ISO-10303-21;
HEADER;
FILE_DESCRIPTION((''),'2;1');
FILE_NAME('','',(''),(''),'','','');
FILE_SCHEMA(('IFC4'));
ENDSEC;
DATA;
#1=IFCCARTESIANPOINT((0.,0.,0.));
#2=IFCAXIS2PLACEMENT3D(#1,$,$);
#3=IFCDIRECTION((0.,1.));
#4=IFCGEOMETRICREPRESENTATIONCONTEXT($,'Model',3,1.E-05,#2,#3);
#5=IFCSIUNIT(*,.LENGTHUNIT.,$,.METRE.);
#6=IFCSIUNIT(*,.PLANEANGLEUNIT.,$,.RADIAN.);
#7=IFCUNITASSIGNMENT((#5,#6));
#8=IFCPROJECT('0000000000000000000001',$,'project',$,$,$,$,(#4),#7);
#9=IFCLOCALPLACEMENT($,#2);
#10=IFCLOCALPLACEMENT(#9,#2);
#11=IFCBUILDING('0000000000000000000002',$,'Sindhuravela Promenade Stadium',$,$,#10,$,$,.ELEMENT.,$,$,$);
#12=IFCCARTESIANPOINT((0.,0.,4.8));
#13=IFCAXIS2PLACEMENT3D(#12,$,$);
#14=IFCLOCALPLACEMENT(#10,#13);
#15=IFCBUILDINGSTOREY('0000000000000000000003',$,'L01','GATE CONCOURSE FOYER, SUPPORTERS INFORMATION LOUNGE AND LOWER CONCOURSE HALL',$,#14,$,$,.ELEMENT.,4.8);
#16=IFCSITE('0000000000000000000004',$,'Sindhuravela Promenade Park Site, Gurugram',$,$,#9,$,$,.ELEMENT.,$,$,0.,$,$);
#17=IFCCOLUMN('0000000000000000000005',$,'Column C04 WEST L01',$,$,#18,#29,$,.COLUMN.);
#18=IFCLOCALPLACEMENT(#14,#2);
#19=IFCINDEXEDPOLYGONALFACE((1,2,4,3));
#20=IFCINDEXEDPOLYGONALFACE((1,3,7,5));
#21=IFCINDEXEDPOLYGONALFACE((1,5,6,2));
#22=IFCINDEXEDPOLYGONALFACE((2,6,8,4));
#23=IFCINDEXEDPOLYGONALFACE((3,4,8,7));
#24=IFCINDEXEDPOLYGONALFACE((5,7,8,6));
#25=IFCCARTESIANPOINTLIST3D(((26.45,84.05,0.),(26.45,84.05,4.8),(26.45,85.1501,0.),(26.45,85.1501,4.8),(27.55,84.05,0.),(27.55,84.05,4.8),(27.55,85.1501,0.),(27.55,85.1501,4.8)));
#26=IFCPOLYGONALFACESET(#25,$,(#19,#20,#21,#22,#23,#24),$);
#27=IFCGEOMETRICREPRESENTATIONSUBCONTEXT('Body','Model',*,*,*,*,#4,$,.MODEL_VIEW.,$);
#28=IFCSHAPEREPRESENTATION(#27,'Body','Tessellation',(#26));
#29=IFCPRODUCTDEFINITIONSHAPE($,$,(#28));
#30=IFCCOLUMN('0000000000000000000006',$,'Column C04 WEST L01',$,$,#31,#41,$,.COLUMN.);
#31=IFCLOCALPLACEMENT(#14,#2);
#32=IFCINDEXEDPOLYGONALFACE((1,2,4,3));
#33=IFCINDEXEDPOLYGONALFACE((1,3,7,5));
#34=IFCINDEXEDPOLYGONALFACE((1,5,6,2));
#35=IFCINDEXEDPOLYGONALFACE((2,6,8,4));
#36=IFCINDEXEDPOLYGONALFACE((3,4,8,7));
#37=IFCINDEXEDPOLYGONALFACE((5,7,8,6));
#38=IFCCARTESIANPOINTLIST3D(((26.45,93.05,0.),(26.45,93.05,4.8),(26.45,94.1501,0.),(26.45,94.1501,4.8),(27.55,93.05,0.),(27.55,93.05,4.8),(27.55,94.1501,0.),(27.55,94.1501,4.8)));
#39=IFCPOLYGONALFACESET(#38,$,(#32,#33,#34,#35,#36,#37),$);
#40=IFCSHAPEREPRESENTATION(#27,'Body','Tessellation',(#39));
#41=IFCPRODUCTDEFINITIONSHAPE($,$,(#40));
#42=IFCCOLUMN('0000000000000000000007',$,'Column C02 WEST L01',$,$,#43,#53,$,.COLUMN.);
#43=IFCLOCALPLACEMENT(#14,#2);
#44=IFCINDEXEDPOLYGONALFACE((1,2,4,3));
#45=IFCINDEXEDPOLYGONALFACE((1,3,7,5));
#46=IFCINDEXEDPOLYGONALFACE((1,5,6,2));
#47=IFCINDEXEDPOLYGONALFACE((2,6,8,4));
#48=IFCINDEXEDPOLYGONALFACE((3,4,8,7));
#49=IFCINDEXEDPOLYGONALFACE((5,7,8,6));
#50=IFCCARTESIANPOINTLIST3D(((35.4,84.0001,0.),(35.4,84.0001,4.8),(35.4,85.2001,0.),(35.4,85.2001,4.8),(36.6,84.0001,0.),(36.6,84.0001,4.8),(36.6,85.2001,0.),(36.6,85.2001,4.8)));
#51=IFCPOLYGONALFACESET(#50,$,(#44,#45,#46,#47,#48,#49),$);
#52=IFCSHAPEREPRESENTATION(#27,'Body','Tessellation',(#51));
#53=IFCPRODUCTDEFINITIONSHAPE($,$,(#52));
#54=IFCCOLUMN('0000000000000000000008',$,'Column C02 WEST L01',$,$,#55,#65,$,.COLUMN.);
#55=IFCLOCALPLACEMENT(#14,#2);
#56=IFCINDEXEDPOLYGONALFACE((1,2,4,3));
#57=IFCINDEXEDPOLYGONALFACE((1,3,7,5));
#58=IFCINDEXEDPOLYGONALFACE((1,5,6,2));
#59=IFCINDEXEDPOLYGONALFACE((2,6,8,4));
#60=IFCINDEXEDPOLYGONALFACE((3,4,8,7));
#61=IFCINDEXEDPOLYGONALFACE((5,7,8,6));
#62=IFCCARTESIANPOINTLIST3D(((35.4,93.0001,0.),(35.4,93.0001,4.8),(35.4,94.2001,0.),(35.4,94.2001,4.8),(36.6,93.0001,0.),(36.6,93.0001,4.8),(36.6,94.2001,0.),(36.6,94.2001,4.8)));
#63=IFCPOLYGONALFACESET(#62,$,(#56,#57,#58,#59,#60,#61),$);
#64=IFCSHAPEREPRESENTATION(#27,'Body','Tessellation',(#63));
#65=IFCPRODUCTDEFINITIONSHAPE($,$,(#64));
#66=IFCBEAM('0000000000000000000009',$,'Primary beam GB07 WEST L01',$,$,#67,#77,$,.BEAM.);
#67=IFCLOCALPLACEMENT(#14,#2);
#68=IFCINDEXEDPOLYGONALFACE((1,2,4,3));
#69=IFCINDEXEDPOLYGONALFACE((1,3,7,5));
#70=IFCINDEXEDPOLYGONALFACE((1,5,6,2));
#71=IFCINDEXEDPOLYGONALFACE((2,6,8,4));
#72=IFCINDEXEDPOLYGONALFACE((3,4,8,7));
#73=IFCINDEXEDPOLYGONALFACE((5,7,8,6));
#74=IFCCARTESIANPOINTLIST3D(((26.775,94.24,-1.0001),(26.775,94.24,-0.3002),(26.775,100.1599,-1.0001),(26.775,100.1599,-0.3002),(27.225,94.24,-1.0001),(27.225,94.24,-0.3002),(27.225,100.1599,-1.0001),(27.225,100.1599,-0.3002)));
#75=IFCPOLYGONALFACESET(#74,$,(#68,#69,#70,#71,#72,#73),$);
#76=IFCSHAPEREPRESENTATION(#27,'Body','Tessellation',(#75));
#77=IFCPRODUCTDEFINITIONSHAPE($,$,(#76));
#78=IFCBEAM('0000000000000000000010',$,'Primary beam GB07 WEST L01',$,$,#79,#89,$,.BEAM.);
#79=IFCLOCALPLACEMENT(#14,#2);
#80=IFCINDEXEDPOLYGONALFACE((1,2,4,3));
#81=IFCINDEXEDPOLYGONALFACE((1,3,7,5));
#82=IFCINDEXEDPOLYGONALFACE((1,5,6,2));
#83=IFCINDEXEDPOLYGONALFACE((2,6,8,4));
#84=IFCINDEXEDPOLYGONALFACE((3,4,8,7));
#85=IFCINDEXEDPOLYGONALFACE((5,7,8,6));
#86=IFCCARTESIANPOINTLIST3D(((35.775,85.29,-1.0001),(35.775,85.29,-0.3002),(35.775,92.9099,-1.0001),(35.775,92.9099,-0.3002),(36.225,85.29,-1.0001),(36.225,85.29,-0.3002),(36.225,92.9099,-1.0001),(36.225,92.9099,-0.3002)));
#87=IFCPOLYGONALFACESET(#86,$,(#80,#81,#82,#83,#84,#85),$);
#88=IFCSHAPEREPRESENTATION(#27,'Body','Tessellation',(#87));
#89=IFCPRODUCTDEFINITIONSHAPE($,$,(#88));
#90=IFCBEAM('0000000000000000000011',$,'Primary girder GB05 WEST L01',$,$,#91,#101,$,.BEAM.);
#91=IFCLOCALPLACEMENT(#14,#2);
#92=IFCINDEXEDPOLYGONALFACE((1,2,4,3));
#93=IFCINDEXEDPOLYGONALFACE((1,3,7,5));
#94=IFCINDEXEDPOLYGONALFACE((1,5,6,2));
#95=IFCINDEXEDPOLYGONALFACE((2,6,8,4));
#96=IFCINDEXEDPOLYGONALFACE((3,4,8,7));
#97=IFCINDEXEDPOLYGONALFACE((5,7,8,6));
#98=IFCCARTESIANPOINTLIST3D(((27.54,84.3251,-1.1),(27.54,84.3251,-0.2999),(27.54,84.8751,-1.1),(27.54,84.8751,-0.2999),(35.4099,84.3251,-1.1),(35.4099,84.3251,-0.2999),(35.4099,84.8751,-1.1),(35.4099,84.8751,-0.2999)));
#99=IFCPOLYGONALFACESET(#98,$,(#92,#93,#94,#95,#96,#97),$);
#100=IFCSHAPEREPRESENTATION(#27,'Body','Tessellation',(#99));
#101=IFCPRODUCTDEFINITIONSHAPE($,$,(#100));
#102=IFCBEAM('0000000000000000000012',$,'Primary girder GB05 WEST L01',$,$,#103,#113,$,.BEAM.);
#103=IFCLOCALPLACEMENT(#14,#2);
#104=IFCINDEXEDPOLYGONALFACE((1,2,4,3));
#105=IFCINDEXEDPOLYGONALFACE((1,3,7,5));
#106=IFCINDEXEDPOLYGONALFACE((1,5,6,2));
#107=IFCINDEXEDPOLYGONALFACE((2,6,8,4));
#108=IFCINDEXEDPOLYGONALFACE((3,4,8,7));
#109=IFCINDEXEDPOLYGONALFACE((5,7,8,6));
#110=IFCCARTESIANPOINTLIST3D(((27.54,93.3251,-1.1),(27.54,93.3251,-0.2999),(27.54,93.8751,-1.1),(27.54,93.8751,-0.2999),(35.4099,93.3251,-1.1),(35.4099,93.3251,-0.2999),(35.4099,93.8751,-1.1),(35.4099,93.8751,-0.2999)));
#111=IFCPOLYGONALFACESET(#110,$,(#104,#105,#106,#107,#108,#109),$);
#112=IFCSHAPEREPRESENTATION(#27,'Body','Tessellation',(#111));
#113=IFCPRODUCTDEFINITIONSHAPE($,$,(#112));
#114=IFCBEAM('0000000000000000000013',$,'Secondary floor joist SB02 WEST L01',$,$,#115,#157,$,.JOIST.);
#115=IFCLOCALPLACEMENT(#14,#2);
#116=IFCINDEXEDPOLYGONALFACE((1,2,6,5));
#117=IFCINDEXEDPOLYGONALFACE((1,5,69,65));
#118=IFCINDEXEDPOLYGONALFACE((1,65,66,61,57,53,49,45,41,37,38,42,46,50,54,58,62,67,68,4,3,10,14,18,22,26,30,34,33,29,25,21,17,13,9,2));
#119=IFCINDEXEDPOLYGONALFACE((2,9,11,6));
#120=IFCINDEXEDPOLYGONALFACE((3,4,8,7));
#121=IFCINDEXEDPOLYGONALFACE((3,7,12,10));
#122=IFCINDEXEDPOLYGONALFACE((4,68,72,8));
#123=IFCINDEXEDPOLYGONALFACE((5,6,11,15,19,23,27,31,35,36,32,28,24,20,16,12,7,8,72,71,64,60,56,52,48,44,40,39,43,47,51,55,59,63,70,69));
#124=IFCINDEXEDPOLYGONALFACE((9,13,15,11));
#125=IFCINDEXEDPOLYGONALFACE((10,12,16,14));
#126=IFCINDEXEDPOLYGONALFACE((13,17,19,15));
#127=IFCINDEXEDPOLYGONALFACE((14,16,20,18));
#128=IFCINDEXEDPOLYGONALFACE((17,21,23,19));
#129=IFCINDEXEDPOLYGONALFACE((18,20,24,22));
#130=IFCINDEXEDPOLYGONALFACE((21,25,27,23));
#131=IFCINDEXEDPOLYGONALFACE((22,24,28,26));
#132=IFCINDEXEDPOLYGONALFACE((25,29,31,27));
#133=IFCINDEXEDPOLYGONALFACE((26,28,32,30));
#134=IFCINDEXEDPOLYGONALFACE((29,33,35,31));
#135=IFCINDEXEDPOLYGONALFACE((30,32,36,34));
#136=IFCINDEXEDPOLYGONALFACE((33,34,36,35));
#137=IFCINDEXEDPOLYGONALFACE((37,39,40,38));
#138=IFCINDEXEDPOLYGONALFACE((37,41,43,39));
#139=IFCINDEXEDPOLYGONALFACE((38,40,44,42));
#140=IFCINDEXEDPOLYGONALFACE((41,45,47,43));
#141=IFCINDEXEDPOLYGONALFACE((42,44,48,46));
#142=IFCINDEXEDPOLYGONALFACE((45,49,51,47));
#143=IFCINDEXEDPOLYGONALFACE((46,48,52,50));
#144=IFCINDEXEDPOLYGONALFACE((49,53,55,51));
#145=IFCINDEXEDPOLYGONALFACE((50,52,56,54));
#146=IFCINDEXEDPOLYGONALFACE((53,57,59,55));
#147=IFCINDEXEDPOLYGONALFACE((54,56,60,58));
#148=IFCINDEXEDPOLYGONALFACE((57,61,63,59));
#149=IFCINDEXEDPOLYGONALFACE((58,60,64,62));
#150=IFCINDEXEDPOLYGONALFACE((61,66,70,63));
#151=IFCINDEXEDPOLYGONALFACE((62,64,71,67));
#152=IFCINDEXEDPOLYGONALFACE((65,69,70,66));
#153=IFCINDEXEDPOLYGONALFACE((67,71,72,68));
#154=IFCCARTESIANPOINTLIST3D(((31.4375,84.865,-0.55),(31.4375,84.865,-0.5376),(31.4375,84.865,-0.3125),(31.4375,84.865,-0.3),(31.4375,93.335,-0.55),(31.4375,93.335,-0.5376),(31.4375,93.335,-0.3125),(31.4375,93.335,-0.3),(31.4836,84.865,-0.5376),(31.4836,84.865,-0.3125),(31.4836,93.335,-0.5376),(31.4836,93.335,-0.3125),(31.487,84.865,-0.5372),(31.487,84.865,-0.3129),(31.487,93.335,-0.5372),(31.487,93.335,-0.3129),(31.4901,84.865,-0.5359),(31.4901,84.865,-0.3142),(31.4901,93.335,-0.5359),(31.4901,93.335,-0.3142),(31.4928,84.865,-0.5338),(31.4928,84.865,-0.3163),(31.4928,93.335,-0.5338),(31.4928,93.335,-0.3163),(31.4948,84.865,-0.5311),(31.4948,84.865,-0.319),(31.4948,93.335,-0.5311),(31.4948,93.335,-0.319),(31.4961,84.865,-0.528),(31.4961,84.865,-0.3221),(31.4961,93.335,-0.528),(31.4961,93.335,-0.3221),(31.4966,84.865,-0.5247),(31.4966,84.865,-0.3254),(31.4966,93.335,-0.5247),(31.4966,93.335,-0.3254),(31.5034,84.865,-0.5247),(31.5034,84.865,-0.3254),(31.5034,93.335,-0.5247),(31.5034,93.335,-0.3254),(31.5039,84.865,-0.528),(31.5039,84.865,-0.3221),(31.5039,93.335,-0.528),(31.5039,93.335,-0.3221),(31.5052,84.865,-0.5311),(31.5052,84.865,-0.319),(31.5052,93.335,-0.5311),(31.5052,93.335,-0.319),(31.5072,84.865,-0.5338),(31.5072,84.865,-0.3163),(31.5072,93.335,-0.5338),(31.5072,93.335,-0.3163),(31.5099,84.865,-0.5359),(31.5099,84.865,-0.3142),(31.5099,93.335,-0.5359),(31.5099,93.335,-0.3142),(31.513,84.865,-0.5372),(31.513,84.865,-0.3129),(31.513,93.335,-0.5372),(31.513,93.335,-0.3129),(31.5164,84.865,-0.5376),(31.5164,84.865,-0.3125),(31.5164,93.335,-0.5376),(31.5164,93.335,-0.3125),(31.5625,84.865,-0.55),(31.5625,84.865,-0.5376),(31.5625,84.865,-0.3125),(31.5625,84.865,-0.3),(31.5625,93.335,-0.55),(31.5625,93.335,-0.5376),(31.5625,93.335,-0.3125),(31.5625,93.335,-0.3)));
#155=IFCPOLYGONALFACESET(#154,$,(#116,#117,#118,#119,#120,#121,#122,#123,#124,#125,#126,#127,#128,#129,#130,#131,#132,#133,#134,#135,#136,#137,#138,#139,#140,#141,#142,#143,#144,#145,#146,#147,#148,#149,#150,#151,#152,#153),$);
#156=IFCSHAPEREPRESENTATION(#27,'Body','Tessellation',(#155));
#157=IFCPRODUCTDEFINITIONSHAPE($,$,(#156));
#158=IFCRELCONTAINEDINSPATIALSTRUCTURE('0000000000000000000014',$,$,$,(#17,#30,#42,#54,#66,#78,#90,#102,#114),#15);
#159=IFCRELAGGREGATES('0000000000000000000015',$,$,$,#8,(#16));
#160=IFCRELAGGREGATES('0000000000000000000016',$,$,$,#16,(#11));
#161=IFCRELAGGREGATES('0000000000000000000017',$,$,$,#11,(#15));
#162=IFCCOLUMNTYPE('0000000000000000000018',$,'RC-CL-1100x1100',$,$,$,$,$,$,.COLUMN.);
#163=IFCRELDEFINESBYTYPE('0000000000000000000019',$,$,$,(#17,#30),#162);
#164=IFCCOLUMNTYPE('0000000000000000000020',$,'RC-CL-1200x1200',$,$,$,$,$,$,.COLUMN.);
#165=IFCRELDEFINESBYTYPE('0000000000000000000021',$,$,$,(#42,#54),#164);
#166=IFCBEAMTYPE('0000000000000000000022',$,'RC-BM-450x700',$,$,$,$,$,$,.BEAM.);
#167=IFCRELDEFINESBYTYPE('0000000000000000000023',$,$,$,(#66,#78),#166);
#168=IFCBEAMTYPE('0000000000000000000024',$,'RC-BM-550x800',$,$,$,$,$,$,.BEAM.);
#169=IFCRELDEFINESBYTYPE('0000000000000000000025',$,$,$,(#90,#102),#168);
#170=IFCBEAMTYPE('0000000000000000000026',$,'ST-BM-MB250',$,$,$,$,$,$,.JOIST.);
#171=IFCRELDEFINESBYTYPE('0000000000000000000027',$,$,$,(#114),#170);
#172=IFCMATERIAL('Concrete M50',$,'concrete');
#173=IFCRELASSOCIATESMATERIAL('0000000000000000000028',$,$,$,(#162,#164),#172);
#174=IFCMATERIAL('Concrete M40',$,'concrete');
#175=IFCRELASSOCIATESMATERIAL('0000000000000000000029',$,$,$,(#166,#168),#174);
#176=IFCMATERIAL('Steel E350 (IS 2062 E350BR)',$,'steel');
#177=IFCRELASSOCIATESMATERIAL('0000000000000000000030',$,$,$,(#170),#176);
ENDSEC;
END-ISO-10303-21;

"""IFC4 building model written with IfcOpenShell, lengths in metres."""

from ifc_helpers import new_model, si_unit, direction, frame, origin, origin_2d, place, context, subcontext, project, spatial, rectangle, i_section, extrude, material, material_profile, profile_set, type_object, element, save


model = new_model("IFC4")

# Units and contexts
model_context = context("Model", 3, precision=1e-05, world=origin(), true_north=direction((0.0, 1.0)))
body_context = subcontext(model_context, "Body", "Model", "MODEL_VIEW")
ifc_project = project(units=[si_unit("LENGTHUNIT", "METRE"), si_unit("PLANEANGLEUNIT", "RADIAN")], contexts=[model_context])

# Site, building, storey
site_placement = place(None, origin())
site = spatial("IfcSite", under=ifc_project, at=site_placement, Name="Sindhuravela Promenade Park Site, Gurugram", CompositionType="ELEMENT", RefElevation=0.0)
building_placement = place(site_placement, origin())
building = spatial("IfcBuilding", under=site, at=building_placement, Name="Sindhuravela Promenade Stadium", CompositionType="ELEMENT")
storey_placement = place(building_placement, frame((0.0, 0.0, 4.8)))
storey = spatial("IfcBuildingStorey", under=building, at=storey_placement, Name="L01", Description="GATE CONCOURSE FOYER, SUPPORTERS INFORMATION LOUNGE AND LOWER CONCOURSE HALL", CompositionType="ELEMENT", Elevation=4.8)

# Columns
ifc_material_1 = material(Name="Concrete M50", Category="concrete")
ifc_material_profile_1 = material_profile(ifc_material_1, rectangle(XDim=1.1001, YDim=1.1001, at=origin_2d()), Name="RC 1100x1100")
ifc_profile_set_1 = profile_set([ifc_material_profile_1], Name="Concrete M50")
column_type_1 = type_object("IfcColumnType", Name="RC-CL-1100x1100", PredefinedType="COLUMN", material=ifc_profile_set_1)
for number, where, z_axis, x_axis, name in (
    (1, (27.0, 84.6001, 0.0), (0.0, 0.0, 1.0), (1.0, 0.0, 0.0), "Column C04 WEST L01"),
    (2, (27.0, 93.6001, 0.0), (0.0, 0.0, 1.0), (1.0, 0.0, 0.0), "Column C04 WEST L01"),
):
    element("IfcColumn", number, at=place(storey_placement, frame(where, z_axis=z_axis, x_axis=x_axis)), inside=storey, type_object=column_type_1, Name=name, PredefinedType="COLUMN", context=body_context, shape_type="SweptSolid", body=[
        extrude(rectangle(XDim=1.1001, YDim=1.1001, at=origin_2d()), origin(), (0.0, 0.0, 1.0), 4.8),
    ])
ifc_material_profile_2 = material_profile(ifc_material_1, rectangle(XDim=1.2, YDim=1.2, at=origin_2d()), Name="RC 1200x1200")
ifc_profile_set_2 = profile_set([ifc_material_profile_2], Name="Concrete M50")
column_type_2 = type_object("IfcColumnType", Name="RC-CL-1200x1200", PredefinedType="COLUMN", material=ifc_profile_set_2)
for number, where, z_axis, x_axis, name in (
    (3, (36.0, 84.6001, 0.0), (0.0, 0.0, 1.0), (1.0, 0.0, 0.0), "Column C02 WEST L01"),
    (4, (36.0, 93.6001, 0.0), (0.0, 0.0, 1.0), (1.0, 0.0, 0.0), "Column C02 WEST L01"),
):
    element("IfcColumn", number, at=place(storey_placement, frame(where, z_axis=z_axis, x_axis=x_axis)), inside=storey, type_object=column_type_2, Name=name, PredefinedType="COLUMN", context=body_context, shape_type="SweptSolid", body=[
        extrude(rectangle(XDim=1.2, YDim=1.2, at=origin_2d()), origin(), (0.0, 0.0, 1.0), 4.8),
    ])

# Beams
ifc_material_2 = material(Name="Concrete M40", Category="concrete")
ifc_material_profile_3 = material_profile(ifc_material_2, rectangle(XDim=0.45, YDim=0.7, at=origin_2d()), Name="RC 450x700")
ifc_profile_set_3 = profile_set([ifc_material_profile_3], Name="Concrete M40")
beam_type_1 = type_object("IfcBeamType", Name="RC-BM-450x700", PredefinedType="BEAM", material=ifc_profile_set_3)
beam_1_placement = place(storey_placement, frame((27.0, 94.24, -0.6501), z_axis=(0.0, 1.0, 0.0), x_axis=(-1.0, 0.0, 0.0)))
element("IfcBeam", 5, at=beam_1_placement, inside=storey, type_object=beam_type_1, Name="Primary beam GB07 WEST L01", PredefinedType="BEAM", context=body_context, shape_type="SweptSolid", body=[
    extrude(rectangle(XDim=0.45, YDim=0.7, at=origin_2d()), origin(), (0.0, 0.0, 1.0), 5.9199),
])
beam_2_placement = place(storey_placement, frame((36.0, 85.29, -0.6501), z_axis=(0.0, 1.0, 0.0), x_axis=(-1.0, 0.0, 0.0)))
element("IfcBeam", 6, at=beam_2_placement, inside=storey, type_object=beam_type_1, Name="Primary beam GB07 WEST L01", PredefinedType="BEAM", context=body_context, shape_type="SweptSolid", body=[
    extrude(rectangle(XDim=0.45, YDim=0.7, at=origin_2d()), origin(), (0.0, 0.0, 1.0), 7.6199),
])
ifc_material_profile_4 = material_profile(ifc_material_2, rectangle(XDim=0.55, YDim=0.8, at=origin_2d()), Name="RC 550x800")
ifc_profile_set_4 = profile_set([ifc_material_profile_4], Name="Concrete M40")
beam_type_2 = type_object("IfcBeamType", Name="RC-BM-550x800", PredefinedType="BEAM", material=ifc_profile_set_4)
for number, where, z_axis, x_axis, name in (
    (7, (27.54, 84.6001, -0.7), (1.0, 0.0, 0.0), (0.0, 1.0, 0.0), "Primary girder GB05 WEST L01"),
    (8, (27.54, 93.6001, -0.7), (1.0, 0.0, 0.0), (0.0, 1.0, 0.0), "Primary girder GB05 WEST L01"),
):
    element("IfcBeam", number, at=place(storey_placement, frame(where, z_axis=z_axis, x_axis=x_axis)), inside=storey, type_object=beam_type_2, Name=name, PredefinedType="BEAM", context=body_context, shape_type="SweptSolid", body=[
        extrude(rectangle(XDim=0.55, YDim=0.8, at=origin_2d()), origin(), (0.0, 0.0, 1.0), 7.8699),
    ])
ifc_material_3 = material(Name="Steel E350 (IS 2062 E350BR)", Category="steel")
ifc_material_profile_5 = material_profile(ifc_material_3, i_section(OverallWidth=0.125, OverallDepth=0.25, WebThickness=0.0068, FlangeThickness=0.0125, FilletRadius=0.0129, at=origin_2d()), Name="ISMB 250")
ifc_profile_set_5 = profile_set([ifc_material_profile_5], Name="Steel E350 (IS 2062 E350BR)")
beam_type_3 = type_object("IfcBeamType", Name="ST-BM-MB250", PredefinedType="JOIST", material=ifc_profile_set_5)
beam_3_placement = place(storey_placement, frame((31.5, 84.865, -0.425), z_axis=(0.0, 1.0, 0.0), x_axis=(-1.0, 0.0, 0.0)))
element("IfcBeam", 9, at=beam_3_placement, inside=storey, type_object=beam_type_3, Name="Secondary floor joist SB02 WEST L01", PredefinedType="JOIST", context=body_context, shape_type="SweptSolid", body=[
    extrude(i_section(OverallWidth=0.125, OverallDepth=0.25, WebThickness=0.0068, FlangeThickness=0.0125, FilletRadius=0.0129, at=origin_2d()), origin(), (0.0, 0.0, 1.0), 8.47),
])

save(model, "model.ifc")
